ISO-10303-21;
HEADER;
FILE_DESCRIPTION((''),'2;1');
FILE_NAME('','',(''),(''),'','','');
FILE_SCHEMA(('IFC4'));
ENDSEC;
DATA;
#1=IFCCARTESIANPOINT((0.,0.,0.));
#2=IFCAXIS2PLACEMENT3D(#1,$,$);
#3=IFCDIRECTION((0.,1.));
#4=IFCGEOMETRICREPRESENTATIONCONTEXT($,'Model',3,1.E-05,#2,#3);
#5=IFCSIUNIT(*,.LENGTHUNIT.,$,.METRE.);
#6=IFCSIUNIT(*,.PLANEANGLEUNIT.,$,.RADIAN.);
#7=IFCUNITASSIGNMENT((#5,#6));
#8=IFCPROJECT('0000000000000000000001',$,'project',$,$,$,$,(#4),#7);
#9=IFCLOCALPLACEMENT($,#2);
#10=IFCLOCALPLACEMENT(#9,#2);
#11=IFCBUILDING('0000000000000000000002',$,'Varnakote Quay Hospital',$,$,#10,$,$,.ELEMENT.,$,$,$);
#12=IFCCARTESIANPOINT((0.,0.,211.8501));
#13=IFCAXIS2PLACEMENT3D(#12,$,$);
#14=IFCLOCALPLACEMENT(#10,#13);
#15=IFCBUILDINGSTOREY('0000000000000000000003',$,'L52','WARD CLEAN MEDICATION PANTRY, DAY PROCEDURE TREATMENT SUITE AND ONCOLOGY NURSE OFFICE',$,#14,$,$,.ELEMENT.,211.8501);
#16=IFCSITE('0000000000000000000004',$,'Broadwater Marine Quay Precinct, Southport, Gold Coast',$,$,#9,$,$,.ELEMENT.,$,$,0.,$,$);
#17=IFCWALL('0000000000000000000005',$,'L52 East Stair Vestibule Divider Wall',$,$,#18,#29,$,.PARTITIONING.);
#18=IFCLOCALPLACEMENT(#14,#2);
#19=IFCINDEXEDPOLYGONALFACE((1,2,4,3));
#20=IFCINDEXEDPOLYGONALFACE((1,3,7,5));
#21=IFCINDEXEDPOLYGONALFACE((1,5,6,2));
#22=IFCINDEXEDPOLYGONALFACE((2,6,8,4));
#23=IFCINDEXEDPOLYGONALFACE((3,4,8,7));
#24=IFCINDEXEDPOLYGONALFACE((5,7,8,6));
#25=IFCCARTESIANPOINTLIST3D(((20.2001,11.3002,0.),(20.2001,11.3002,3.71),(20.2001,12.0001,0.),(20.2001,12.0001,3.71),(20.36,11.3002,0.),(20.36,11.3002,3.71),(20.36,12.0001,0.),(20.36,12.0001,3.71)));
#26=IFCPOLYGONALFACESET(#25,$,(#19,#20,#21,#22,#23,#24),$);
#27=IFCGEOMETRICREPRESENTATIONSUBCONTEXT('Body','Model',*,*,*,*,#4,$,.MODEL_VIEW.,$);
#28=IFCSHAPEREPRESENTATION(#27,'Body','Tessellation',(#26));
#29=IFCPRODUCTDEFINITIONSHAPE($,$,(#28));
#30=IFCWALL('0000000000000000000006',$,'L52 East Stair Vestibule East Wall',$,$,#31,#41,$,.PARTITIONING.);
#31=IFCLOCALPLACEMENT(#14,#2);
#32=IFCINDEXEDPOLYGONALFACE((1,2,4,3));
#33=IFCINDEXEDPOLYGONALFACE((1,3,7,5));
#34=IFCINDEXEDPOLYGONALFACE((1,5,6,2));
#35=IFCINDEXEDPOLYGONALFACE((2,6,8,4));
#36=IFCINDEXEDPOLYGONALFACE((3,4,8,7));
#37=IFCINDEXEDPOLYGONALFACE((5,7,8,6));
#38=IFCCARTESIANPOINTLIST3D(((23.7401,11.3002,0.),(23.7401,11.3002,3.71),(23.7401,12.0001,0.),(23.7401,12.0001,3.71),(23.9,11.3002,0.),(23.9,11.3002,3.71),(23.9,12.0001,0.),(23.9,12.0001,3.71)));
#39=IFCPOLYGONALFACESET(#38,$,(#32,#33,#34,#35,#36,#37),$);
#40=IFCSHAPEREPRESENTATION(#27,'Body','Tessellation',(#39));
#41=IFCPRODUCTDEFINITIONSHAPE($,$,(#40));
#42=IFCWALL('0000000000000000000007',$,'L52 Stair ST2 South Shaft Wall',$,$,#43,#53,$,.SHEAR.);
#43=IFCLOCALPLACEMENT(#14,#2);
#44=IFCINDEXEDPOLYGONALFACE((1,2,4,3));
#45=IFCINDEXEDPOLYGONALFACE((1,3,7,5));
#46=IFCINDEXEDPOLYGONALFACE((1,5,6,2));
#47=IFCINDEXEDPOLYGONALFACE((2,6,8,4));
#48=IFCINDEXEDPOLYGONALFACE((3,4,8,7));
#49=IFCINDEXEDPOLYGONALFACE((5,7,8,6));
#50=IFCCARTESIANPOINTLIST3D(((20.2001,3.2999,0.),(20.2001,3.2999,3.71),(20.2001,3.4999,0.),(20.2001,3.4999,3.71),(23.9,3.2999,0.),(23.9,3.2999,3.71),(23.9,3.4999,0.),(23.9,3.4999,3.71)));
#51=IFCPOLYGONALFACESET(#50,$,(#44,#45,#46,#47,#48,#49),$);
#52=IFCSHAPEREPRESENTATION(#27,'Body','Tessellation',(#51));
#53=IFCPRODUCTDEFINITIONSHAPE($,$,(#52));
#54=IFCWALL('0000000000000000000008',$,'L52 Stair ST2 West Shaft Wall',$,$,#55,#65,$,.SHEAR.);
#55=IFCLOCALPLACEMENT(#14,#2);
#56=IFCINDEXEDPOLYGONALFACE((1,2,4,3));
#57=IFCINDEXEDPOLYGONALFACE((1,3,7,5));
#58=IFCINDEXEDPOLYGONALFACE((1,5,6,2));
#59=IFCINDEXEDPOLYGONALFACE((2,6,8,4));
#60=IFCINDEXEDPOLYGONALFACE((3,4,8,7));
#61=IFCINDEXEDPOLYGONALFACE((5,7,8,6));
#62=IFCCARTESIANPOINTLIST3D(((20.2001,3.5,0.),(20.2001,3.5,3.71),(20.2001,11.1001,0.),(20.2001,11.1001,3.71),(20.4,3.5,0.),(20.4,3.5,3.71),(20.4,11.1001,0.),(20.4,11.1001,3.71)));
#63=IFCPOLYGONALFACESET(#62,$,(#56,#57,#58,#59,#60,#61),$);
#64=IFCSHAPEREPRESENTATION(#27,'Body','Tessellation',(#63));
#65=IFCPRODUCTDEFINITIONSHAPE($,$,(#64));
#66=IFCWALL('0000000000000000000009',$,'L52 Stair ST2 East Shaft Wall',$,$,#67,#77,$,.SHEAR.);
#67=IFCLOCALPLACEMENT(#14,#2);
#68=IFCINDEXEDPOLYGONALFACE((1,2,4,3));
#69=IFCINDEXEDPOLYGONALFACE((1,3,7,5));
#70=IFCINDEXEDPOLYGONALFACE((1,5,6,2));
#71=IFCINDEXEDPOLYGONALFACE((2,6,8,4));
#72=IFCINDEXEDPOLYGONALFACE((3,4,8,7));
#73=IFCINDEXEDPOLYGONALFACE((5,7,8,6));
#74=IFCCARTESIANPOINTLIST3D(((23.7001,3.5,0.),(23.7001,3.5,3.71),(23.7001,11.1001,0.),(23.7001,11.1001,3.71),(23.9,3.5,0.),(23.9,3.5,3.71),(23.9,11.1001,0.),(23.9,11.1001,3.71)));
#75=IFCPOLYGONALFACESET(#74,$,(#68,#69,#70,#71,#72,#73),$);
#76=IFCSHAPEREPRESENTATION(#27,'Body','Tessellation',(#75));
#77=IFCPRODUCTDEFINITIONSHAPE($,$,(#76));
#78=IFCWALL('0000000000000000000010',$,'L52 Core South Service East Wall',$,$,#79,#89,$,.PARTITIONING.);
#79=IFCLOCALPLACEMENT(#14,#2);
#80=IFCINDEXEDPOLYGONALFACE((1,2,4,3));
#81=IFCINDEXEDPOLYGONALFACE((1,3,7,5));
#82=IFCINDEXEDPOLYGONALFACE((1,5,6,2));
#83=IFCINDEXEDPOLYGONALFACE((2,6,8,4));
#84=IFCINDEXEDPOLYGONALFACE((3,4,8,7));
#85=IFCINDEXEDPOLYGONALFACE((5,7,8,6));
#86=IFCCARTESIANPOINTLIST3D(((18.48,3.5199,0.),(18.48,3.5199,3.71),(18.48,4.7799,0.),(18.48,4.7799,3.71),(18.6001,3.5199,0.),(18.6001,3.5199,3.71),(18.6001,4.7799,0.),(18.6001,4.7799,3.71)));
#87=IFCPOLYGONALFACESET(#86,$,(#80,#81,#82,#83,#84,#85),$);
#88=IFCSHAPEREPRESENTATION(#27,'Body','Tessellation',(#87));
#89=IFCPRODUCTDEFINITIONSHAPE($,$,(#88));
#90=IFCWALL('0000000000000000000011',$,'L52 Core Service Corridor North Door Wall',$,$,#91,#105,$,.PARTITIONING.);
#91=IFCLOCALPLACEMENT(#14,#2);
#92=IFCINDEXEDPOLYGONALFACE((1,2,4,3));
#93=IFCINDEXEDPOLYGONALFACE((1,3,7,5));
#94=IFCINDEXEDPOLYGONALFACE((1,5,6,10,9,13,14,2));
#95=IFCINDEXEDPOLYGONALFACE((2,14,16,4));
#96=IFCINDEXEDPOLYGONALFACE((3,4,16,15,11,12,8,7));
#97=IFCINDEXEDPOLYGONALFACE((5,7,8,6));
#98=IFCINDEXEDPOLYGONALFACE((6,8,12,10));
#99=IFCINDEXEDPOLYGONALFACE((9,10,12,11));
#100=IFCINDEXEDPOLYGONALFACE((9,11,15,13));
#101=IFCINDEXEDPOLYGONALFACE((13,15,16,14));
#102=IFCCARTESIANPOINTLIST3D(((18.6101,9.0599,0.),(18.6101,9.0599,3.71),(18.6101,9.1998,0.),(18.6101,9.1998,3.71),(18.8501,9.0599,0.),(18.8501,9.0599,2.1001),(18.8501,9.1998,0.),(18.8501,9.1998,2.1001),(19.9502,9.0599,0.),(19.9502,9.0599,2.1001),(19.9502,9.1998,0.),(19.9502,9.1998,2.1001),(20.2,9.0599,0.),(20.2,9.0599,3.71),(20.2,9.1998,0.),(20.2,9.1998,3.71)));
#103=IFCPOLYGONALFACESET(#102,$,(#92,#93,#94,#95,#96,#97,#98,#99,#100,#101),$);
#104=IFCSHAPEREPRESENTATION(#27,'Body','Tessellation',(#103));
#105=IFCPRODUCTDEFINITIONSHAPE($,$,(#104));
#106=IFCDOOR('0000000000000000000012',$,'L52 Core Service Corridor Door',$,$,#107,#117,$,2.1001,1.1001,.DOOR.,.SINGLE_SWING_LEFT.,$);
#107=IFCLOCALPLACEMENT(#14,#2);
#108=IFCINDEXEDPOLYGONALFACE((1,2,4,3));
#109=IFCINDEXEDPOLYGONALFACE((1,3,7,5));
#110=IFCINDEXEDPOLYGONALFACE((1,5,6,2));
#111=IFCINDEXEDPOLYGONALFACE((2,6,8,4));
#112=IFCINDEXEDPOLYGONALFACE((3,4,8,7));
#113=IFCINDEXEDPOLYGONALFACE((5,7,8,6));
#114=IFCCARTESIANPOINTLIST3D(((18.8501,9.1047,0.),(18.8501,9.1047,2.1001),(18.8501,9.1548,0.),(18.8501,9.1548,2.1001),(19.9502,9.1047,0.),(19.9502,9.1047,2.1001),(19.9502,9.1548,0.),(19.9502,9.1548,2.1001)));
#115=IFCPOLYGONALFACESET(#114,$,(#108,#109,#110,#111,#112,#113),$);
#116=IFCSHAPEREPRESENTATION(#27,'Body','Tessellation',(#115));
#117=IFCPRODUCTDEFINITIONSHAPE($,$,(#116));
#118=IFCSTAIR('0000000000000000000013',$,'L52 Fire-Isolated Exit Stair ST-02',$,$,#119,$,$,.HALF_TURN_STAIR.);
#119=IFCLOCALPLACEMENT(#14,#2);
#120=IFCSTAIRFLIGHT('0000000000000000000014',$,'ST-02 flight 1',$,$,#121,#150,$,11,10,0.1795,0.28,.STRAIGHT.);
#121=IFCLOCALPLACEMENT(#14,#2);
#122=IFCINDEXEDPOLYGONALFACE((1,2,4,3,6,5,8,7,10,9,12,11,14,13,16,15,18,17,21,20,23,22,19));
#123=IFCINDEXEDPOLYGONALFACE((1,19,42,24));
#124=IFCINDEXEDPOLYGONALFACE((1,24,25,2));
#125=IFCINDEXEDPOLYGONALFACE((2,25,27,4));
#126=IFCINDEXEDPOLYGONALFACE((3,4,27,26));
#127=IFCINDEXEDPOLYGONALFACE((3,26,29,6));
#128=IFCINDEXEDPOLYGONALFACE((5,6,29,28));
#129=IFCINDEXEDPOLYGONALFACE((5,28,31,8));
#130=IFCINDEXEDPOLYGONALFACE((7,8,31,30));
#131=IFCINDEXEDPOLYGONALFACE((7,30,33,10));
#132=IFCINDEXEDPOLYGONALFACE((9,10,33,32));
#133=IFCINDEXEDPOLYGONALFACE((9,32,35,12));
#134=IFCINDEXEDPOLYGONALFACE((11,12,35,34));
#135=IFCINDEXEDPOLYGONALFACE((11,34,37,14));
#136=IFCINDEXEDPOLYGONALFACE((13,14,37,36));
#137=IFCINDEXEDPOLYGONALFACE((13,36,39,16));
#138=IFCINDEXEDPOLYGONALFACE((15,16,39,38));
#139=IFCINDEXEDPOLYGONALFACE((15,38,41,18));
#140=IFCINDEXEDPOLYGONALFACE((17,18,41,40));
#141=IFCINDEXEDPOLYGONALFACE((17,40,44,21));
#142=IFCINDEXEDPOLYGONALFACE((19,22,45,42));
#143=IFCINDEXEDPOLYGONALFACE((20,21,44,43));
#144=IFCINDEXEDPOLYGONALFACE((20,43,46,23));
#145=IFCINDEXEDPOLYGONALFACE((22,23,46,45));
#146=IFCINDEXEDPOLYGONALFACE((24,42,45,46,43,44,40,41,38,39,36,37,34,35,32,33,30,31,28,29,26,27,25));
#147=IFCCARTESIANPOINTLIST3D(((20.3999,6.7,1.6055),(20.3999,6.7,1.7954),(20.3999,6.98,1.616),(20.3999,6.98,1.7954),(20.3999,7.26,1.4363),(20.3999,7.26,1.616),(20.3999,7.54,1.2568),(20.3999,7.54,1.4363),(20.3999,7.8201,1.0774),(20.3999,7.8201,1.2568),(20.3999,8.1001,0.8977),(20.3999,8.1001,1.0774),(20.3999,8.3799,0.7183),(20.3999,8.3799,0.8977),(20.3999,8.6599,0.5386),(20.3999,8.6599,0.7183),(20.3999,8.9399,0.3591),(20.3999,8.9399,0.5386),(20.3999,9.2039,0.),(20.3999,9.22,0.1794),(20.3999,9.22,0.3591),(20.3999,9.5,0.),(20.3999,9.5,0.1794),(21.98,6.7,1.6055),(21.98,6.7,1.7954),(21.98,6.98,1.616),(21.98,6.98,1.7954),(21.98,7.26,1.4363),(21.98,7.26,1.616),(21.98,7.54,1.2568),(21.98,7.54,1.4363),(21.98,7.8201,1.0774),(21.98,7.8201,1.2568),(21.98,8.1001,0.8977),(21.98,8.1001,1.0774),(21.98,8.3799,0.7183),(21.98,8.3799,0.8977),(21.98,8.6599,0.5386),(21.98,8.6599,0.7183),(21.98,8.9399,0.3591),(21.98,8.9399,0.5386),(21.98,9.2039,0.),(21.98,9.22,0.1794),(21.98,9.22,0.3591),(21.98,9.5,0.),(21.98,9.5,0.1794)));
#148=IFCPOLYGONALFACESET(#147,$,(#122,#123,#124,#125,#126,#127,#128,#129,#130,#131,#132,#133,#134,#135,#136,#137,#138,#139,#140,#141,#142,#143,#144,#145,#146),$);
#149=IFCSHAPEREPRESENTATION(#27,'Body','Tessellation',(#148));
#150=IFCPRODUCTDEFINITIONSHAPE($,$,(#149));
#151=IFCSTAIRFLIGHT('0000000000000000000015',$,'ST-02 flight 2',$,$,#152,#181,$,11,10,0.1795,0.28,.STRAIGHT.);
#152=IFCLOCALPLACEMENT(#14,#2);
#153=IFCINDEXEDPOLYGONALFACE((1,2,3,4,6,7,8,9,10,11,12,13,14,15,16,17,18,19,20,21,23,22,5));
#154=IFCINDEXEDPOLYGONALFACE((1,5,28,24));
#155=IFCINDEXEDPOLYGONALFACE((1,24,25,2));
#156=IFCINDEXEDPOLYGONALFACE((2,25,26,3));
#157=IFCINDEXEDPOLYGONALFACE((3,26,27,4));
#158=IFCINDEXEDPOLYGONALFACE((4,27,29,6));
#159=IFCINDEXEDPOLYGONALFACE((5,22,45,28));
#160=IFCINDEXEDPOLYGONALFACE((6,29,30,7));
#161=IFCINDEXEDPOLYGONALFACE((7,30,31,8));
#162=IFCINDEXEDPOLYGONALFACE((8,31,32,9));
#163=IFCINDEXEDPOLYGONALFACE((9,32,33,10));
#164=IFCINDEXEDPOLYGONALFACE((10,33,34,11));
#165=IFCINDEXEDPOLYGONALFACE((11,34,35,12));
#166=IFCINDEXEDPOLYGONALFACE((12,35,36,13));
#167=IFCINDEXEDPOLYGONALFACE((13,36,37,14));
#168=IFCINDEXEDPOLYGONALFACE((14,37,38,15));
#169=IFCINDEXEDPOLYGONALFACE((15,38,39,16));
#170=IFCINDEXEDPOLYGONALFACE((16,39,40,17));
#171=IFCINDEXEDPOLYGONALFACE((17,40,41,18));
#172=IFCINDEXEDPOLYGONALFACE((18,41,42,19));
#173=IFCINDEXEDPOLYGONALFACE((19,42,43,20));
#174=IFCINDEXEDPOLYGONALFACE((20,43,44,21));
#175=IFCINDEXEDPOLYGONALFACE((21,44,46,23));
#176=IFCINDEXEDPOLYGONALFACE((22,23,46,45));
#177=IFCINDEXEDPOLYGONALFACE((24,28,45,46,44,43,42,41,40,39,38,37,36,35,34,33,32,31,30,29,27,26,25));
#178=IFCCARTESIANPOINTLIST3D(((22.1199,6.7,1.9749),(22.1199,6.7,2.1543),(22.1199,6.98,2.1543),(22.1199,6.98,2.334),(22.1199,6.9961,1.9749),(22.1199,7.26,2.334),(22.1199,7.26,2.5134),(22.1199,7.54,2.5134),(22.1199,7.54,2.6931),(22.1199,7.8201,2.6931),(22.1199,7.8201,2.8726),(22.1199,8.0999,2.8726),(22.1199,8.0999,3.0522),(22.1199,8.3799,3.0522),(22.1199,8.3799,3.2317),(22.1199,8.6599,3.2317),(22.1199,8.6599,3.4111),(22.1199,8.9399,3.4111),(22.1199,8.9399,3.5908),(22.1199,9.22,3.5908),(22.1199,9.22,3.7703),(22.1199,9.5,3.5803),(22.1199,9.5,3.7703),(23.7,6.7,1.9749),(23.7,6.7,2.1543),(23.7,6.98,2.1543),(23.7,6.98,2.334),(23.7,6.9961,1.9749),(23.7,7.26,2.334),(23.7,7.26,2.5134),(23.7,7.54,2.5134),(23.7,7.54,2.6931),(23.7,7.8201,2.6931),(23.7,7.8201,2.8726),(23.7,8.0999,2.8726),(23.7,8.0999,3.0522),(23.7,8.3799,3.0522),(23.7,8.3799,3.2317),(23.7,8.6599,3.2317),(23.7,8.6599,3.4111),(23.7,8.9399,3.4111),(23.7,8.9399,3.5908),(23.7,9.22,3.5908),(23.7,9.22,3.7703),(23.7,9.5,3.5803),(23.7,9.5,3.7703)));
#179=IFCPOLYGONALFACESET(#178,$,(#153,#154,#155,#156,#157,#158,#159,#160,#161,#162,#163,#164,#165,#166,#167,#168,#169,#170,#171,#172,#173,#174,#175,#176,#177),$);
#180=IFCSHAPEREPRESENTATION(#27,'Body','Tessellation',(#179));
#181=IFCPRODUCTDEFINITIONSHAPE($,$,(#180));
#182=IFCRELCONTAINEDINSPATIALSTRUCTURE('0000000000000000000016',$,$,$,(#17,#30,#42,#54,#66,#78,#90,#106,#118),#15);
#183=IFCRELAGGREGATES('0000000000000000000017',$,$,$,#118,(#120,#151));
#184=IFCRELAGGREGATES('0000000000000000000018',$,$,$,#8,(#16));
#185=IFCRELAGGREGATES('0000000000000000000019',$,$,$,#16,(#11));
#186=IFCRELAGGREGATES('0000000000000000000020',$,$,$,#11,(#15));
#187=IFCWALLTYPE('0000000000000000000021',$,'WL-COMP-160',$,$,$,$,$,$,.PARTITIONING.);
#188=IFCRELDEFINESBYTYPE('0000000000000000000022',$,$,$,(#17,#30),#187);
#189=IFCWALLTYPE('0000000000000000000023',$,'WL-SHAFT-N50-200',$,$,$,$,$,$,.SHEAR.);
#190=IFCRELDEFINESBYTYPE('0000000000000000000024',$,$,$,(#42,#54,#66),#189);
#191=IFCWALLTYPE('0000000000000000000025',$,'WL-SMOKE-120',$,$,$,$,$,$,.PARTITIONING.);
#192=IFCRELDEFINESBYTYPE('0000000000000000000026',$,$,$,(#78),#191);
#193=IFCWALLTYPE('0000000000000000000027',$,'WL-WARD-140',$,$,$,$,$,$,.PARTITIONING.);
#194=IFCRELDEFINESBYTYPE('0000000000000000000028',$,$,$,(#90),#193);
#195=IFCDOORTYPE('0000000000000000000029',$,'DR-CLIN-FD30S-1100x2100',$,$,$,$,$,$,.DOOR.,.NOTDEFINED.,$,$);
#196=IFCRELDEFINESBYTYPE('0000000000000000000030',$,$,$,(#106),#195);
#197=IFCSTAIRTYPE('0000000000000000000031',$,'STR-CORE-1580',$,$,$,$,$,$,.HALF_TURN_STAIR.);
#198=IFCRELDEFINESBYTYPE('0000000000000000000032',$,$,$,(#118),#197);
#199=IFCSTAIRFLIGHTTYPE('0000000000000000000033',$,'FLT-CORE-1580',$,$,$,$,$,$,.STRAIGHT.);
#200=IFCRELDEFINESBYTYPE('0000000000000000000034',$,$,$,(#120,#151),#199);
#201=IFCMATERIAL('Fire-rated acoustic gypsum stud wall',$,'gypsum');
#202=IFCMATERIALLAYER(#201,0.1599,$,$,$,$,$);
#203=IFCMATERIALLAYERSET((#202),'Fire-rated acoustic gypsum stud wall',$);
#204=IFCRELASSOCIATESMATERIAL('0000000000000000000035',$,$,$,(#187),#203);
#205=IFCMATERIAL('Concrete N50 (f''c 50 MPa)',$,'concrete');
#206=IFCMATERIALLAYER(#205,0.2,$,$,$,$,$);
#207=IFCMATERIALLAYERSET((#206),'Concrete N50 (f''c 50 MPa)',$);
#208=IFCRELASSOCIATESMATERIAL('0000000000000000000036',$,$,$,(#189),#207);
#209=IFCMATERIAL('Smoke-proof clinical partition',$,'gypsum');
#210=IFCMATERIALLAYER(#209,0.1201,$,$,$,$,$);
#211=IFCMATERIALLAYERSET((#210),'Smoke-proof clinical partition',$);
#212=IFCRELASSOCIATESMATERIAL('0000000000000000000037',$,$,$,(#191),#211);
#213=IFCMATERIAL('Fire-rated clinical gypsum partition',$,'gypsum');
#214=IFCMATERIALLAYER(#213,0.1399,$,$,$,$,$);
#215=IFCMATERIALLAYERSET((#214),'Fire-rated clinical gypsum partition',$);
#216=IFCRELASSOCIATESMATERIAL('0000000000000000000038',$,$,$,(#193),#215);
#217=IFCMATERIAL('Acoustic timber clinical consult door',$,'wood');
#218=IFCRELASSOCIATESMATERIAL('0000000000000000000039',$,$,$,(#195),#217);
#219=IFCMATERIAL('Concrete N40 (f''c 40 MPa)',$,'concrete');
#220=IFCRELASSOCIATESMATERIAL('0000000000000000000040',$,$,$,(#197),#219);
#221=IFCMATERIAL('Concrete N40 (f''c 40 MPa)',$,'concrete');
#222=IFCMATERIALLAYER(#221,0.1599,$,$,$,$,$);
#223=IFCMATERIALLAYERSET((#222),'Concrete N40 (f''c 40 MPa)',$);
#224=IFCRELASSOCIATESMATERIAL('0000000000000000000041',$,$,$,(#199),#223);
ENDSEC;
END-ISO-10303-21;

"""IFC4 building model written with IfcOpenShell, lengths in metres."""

from ifc_helpers import new_model, si_unit, direction, frame, frame_2d, origin, place, context, subcontext, project, spatial, polyline, rectangle, outline, extrude, material, layer, layer_set, type_object, element, fill, aggregate, save


model = new_model("IFC4")

# Units and contexts
model_context = context("Model", 3, precision=1e-05, world=origin(), true_north=direction((0.0, 1.0)))
body_context = subcontext(model_context, "Body", "Model", "MODEL_VIEW")
ifc_project = project(units=[si_unit("LENGTHUNIT", "METRE"), si_unit("PLANEANGLEUNIT", "RADIAN")], contexts=[model_context])

# Site, building, storey
site_placement = place(None, origin())
site = spatial("IfcSite", under=ifc_project, at=site_placement, Name="Broadwater Marine Quay Precinct, Southport, Gold Coast", CompositionType="ELEMENT", RefElevation=0.0)
building_placement = place(site_placement, origin())
building = spatial("IfcBuilding", under=site, at=building_placement, Name="Varnakote Quay Hospital", CompositionType="ELEMENT")
storey_placement = place(building_placement, frame((0.0, 0.0, 211.8501)))
storey = spatial("IfcBuildingStorey", under=building, at=storey_placement, Name="L52", Description="WARD CLEAN MEDICATION PANTRY, DAY PROCEDURE TREATMENT SUITE AND ONCOLOGY NURSE OFFICE", CompositionType="ELEMENT", Elevation=211.8501)

# Walls
ifc_material_1 = material(Name="Fire-rated acoustic gypsum stud wall", Category="gypsum")
ifc_layer_1 = layer(ifc_material_1, 0.1599)
ifc_layer_set_1 = layer_set([ifc_layer_1], Name="Fire-rated acoustic gypsum stud wall")
wall_type_1 = type_object("IfcWallType", Name="WL-COMP-160", PredefinedType="PARTITIONING", material=ifc_layer_set_1)
for number, where, z_axis, x_axis, name in (
    (1, (20.28, 11.3, 0.0), (0.0, 0.0, 1.0), (0.0, 1.0, 0.0), "L52 East Stair Vestibule Divider Wall"),
    (2, (23.8201, 11.3, 0.0), (0.0, 0.0, 1.0), (0.0, 1.0, 0.0), "L52 East Stair Vestibule East Wall"),
):
    element("IfcWall", number, at=place(storey_placement, frame(where, z_axis=z_axis, x_axis=x_axis)), inside=storey, type_object=wall_type_1, Name=name, PredefinedType="PARTITIONING", context=body_context, shape_type="SweptSolid", body=[
        extrude(rectangle(XDim=0.7, YDim=0.1599, at=frame_2d((0.3501, 0.0))), origin(), (0.0, 0.0, 1.0), 3.71),
    ])
ifc_material_2 = material(Name="Concrete N50 (f'c 50 MPa)", Category="concrete")
ifc_layer_2 = layer(ifc_material_2, 0.2)
ifc_layer_set_2 = layer_set([ifc_layer_2], Name="Concrete N50 (f'c 50 MPa)")
wall_type_2 = type_object("IfcWallType", Name="WL-SHAFT-N50-200", PredefinedType="SHEAR", material=ifc_layer_set_2)
wall_1_placement = place(storey_placement, frame((20.2, 3.3999, 0.0), z_axis=(0.0, 0.0, 1.0), x_axis=(1.0, 0.0, 0.0)))
element("IfcWall", 3, at=wall_1_placement, inside=storey, type_object=wall_type_2, Name="L52 Stair ST2 South Shaft Wall", PredefinedType="SHEAR", context=body_context, shape_type="SweptSolid", body=[
    extrude(rectangle(XDim=3.7, YDim=0.2, at=frame_2d((1.8501, 0.0))), origin(), (0.0, 0.0, 1.0), 3.71),
])
for number, where, z_axis, x_axis, name in (
    (4, (20.3, 3.5, 0.0), (0.0, 0.0, 1.0), (0.0, 1.0, 0.0), "L52 Stair ST2 West Shaft Wall"),
    (5, (23.8, 3.5, 0.0), (0.0, 0.0, 1.0), (0.0, 1.0, 0.0), "L52 Stair ST2 East Shaft Wall"),
):
    element("IfcWall", number, at=place(storey_placement, frame(where, z_axis=z_axis, x_axis=x_axis)), inside=storey, type_object=wall_type_2, Name=name, PredefinedType="SHEAR", context=body_context, shape_type="SweptSolid", body=[
        extrude(rectangle(XDim=7.6001, YDim=0.2, at=frame_2d((3.8, 0.0))), origin(), (0.0, 0.0, 1.0), 3.71),
    ])

# Wall
ifc_material_3 = material(Name="Smoke-proof clinical partition", Category="gypsum")
ifc_layer_3 = layer(ifc_material_3, 0.1201)
ifc_layer_set_3 = layer_set([ifc_layer_3], Name="Smoke-proof clinical partition")
wall_type_3 = type_object("IfcWallType", Name="WL-SMOKE-120", PredefinedType="PARTITIONING", material=ifc_layer_set_3)
wall_2_placement = place(storey_placement, frame((18.54, 3.52, 0.0), z_axis=(0.0, 0.0, 1.0), x_axis=(0.0, 1.0, 0.0)))
element("IfcWall", 6, at=wall_2_placement, inside=storey, type_object=wall_type_3, Name="L52 Core South Service East Wall", PredefinedType="PARTITIONING", context=body_context, shape_type="SweptSolid", body=[
    extrude(rectangle(XDim=1.26, YDim=0.1201, at=frame_2d((0.6299, 0.0))), origin(), (0.0, 0.0, 1.0), 3.71),
])

# Wall, opening, door
ifc_material_4 = material(Name="Fire-rated clinical gypsum partition", Category="gypsum")
ifc_layer_4 = layer(ifc_material_4, 0.1399)
ifc_layer_set_4 = layer_set([ifc_layer_4], Name="Fire-rated clinical gypsum partition")
wall_type_4 = type_object("IfcWallType", Name="WL-WARD-140", PredefinedType="PARTITIONING", material=ifc_layer_set_4)
wall_3_placement = place(storey_placement, frame((18.6101, 9.1299, 0.0), z_axis=(0.0, 0.0, 1.0), x_axis=(1.0, 0.0, 0.0)))
wall_3 = element("IfcWall", 7, at=wall_3_placement, inside=storey, type_object=wall_type_4, Name="L52 Core Service Corridor North Door Wall", PredefinedType="PARTITIONING", context=body_context, shape_type="SweptSolid", body=[
    extrude(rectangle(XDim=1.5898, YDim=0.1399, at=frame_2d((0.7949, 0.0))), origin(), (0.0, 0.0, 1.0), 3.71),
])
opening_1_placement = place(wall_3_placement, frame((0.24, 0.0, 0.0)))
opening_1 = element("IfcOpeningElement", 8, at=opening_1_placement, cuts=wall_3, PredefinedType="OPENING", context=body_context, shape_type="SweptSolid", body=[
    extrude(rectangle(XDim=1.1001, YDim=2.1001, at=frame_2d((0.55, 1.05))), frame((0.0, 0.0798, 0.0), z_axis=(0.0, -1.0, 0.0), x_axis=(1.0, 0.0, 0.0)), (0.0, 0.0, 1.0), 0.1599),
])
ifc_material_5 = material(Name="Acoustic timber clinical consult door", Category="wood")
door_type_1 = type_object("IfcDoorType", Name="DR-CLIN-FD30S-1100x2100", OperationType="NOTDEFINED", PredefinedType="DOOR", material=ifc_material_5)
door_1_placement = place(opening_1_placement, origin())
door_1 = element("IfcDoor", 9, at=door_1_placement, inside=storey, type_object=door_type_1, Name="L52 Core Service Corridor Door", OperationType="SINGLE_SWING_LEFT", OverallHeight=2.1001, OverallWidth=1.1001, PredefinedType="DOOR", context=body_context, shape_type="SweptSolid", body=[
    extrude(rectangle(XDim=1.1001, YDim=2.1001, at=frame_2d((0.55, 1.05))), frame((0.0, 0.0249, 0.0), z_axis=(0.0, -1.0, 0.0), x_axis=(1.0, 0.0, 0.0)), (0.0, 0.0, 1.0), 0.05),
])
fill(opening_1, door_1)

# Stair, stair flights
ifc_material_6 = material(Name="Concrete N40 (f'c 40 MPa)", Category="concrete")
stair_type = type_object("IfcStairType", Name="STR-CORE-1580", PredefinedType="HALF_TURN_STAIR", material=ifc_material_6)
stair_placement = place(storey_placement, origin())
stair = element("IfcStair", 10, at=stair_placement, inside=storey, type_object=stair_type, Name="L52 Fire-Isolated Exit Stair ST-02", PredefinedType="HALF_TURN_STAIR")
ifc_material_7 = material(Name="Concrete N40 (f'c 40 MPa)", Category="concrete")
ifc_layer_5 = layer(ifc_material_7, 0.1599)
ifc_layer_set_5 = layer_set([ifc_layer_5], Name="Concrete N40 (f'c 40 MPa)")
stair_flight_type = type_object("IfcStairFlightType", Name="FLT-CORE-1580", PredefinedType="STRAIGHT", material=ifc_layer_set_5)
stair_flight_1_placement = place(storey_placement, frame((21.1899, 9.5, 0.0), z_axis=(0.0, 0.0, 1.0), x_axis=(0.0, -1.0, 0.0)))
stair_flight_1 = element("IfcStairFlight", 11, at=stair_flight_1_placement, type_object=stair_flight_type, Name="ST-02 flight 1", NumberOfRisers=11, NumberOfTreads=10, PredefinedType="STRAIGHT", RiserHeight=0.1795, TreadLength=0.28, context=body_context, shape_type="SweptSolid", body=[
    extrude(outline(polyline([(0.0, 0.0), (0.0, 0.1794), (0.28, 0.1794), (0.28, 0.3591), (0.5601, 0.3591), (0.5601, 0.5386), (0.8401, 0.5386), (0.8401, 0.7183), (1.1201, 0.7183), (1.1201, 0.8977), (1.3999, 0.8977), (1.3999, 1.0774), (1.6799, 1.0774), (1.6799, 1.2568), (1.96, 1.2568), (1.96, 1.4363), (2.24, 1.4363), (2.24, 1.616), (2.52, 1.616), (2.52, 1.7954), (2.8, 1.7954), (2.8, 1.9751), (2.8, 1.6055), (0.2961, 0.0), (0.0, 0.0)])), frame((0.0, 0.79, 0.0), z_axis=(0.0, -1.0, 0.0), x_axis=(1.0, 0.0, 0.0)), (0.0, 0.0, 1.0), 1.5801),
])
stair_flight_2_placement = place(storey_placement, frame((22.9099, 6.7, 1.9749), z_axis=(0.0, 0.0, 1.0), x_axis=(0.0, 1.0, 0.0)))
stair_flight_2 = element("IfcStairFlight", 12, at=stair_flight_2_placement, type_object=stair_flight_type, Name="ST-02 flight 2", NumberOfRisers=11, NumberOfTreads=10, PredefinedType="STRAIGHT", RiserHeight=0.1795, TreadLength=0.28, context=body_context, shape_type="SweptSolid", body=[
    extrude(outline(polyline([(0.0, 0.0), (0.0, 0.1794), (0.28, 0.1794), (0.28, 0.3591), (0.5601, 0.3591), (0.5601, 0.5386), (0.8401, 0.5386), (0.8401, 0.7183), (1.1201, 0.7183), (1.1201, 0.8977), (1.3999, 0.8977), (1.3999, 1.0774), (1.6799, 1.0774), (1.6799, 1.2568), (1.96, 1.2568), (1.96, 1.4363), (2.24, 1.4363), (2.24, 1.616), (2.52, 1.616), (2.52, 1.7954), (2.8, 1.7954), (2.8, 1.9751), (2.8, 1.6055), (0.2961, 0.0), (0.0, 0.0)])), frame((0.0, 0.79, 0.0), z_axis=(0.0, -1.0, 0.0), x_axis=(1.0, 0.0, 0.0)), (0.0, 0.0, 1.0), 1.5801),
])
aggregate(stair, [stair_flight_1, stair_flight_2])

save(model, "model.ifc")
